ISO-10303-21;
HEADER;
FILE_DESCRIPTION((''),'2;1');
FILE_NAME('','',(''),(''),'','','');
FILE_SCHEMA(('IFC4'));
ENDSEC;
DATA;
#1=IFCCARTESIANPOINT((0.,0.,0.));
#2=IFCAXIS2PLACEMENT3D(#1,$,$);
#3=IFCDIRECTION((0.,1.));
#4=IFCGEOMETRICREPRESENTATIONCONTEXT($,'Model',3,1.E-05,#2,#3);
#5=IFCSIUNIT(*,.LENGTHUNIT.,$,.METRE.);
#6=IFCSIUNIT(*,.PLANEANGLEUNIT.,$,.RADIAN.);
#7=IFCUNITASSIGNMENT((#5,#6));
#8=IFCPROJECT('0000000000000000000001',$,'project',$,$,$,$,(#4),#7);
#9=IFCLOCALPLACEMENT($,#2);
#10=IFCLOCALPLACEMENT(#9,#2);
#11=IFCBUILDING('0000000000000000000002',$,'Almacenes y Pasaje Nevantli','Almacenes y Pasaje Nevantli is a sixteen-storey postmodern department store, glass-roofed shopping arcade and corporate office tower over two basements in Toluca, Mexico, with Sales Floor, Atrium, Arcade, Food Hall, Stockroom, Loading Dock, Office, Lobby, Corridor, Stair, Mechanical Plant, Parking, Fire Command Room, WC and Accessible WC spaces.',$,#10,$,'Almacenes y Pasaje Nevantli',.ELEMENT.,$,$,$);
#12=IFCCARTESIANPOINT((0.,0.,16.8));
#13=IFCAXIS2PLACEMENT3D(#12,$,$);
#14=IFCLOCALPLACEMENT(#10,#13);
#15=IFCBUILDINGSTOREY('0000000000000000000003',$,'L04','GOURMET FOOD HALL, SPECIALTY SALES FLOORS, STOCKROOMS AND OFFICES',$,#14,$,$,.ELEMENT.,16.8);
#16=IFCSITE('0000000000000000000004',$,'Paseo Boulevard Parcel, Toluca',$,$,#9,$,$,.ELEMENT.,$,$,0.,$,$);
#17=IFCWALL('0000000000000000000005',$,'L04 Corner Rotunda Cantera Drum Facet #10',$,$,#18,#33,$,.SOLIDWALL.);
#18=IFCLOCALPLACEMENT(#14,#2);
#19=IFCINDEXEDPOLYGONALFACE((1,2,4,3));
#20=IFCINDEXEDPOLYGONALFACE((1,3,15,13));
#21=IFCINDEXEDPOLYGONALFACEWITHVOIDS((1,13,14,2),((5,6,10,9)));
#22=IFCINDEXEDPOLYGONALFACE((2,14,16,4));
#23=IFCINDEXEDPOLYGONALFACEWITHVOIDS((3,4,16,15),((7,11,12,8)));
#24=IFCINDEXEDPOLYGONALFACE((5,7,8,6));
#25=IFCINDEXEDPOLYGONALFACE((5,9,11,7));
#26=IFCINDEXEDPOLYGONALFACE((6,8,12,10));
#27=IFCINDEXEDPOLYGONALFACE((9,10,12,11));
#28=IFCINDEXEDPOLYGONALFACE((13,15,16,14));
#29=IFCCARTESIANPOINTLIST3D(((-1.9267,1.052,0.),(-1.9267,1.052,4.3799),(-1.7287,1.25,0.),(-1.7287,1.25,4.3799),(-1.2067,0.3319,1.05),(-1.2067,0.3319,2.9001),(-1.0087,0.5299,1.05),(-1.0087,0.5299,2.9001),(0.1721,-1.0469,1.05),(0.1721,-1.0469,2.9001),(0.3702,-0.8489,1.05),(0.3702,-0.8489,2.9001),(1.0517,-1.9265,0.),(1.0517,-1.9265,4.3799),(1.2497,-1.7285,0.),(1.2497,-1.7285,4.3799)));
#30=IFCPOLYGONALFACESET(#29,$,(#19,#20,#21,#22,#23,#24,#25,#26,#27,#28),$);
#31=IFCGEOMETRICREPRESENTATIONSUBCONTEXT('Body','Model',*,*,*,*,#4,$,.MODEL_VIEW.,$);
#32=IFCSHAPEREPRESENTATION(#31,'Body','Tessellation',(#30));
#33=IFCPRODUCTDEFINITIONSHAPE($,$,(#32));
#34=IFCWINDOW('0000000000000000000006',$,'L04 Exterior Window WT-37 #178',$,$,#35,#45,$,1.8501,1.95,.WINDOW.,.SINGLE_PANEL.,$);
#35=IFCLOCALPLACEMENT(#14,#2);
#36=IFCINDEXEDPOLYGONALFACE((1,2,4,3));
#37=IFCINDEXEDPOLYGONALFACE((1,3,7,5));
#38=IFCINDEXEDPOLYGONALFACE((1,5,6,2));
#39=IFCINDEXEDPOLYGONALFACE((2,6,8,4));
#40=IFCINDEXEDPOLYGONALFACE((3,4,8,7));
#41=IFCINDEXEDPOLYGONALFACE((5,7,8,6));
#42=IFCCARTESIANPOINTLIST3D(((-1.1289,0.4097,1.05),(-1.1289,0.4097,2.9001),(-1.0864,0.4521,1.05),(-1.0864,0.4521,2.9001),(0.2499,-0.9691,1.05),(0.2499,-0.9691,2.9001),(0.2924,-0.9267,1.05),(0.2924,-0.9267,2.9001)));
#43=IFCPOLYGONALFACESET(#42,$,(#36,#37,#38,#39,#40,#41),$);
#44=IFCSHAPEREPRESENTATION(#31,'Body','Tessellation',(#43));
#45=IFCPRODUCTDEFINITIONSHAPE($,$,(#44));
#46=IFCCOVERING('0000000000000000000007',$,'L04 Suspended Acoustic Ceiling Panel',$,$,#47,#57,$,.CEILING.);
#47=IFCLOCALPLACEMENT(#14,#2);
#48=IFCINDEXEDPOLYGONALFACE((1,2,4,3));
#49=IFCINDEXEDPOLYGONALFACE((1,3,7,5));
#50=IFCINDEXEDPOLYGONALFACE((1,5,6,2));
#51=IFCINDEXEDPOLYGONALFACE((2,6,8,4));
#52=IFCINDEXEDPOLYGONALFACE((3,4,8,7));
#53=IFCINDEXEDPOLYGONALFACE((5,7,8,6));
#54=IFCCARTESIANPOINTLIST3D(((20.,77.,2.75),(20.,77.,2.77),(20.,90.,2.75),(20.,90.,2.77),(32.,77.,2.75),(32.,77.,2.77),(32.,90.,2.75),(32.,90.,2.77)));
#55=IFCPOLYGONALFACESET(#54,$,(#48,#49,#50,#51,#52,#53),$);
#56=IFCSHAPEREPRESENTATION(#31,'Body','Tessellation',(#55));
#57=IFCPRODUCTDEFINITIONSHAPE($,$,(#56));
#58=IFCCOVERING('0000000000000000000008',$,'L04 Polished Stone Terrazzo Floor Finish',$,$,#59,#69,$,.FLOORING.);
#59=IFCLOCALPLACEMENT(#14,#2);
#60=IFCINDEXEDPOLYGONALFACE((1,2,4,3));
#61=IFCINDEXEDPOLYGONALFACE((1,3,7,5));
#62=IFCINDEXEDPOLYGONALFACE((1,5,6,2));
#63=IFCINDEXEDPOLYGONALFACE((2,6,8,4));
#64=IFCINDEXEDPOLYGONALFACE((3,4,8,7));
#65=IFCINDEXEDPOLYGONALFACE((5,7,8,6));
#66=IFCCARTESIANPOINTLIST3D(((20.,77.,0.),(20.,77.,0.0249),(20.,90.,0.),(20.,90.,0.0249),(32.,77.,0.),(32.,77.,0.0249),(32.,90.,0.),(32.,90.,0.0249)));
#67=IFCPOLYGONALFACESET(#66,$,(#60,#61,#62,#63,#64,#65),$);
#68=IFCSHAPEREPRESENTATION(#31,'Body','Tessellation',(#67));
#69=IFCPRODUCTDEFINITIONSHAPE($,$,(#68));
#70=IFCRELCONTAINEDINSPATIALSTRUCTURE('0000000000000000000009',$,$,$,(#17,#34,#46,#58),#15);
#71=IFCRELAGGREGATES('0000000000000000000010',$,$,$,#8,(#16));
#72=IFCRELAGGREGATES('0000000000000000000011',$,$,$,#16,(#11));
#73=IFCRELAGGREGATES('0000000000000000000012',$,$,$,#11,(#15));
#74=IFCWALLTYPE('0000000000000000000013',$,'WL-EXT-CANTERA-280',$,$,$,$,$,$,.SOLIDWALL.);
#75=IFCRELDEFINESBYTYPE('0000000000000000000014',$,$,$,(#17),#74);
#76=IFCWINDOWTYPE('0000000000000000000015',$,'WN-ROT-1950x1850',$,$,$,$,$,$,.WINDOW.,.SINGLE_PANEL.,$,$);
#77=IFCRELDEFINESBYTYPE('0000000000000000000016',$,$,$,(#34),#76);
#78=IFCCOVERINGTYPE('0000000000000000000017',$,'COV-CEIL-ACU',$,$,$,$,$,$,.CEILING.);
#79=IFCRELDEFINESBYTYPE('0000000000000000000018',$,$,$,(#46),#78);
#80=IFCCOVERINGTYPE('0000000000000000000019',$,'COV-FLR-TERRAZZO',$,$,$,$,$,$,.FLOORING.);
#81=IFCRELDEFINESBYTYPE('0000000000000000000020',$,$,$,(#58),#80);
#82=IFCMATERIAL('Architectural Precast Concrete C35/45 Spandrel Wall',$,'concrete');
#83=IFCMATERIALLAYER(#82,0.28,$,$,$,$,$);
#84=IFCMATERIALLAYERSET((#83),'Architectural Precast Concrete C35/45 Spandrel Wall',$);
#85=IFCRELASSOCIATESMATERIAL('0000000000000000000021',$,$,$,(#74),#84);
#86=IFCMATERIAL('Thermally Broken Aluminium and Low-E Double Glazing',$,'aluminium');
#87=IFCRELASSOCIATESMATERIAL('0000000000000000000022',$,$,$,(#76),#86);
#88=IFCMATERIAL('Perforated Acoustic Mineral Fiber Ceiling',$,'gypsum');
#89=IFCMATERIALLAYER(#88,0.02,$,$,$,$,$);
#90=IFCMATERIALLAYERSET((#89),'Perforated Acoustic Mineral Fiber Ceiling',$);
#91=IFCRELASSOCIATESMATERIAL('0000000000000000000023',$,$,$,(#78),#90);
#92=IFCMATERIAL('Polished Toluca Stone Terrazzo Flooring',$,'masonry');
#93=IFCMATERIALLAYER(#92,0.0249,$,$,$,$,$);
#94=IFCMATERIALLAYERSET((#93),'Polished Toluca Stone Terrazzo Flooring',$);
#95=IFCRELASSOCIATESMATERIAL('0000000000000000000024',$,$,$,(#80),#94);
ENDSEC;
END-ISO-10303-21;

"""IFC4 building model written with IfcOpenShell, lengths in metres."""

from ifc_helpers import new_model, si_unit, direction, frame, frame_2d, origin, place, context, subcontext, project, spatial, polyline, rectangle, outline, extrude, material, layer, layer_set, type_object, element, fill, save


model = new_model("IFC4")

# Units and contexts
model_context = context("Model", 3, precision=1e-05, world=origin(), true_north=direction((0.0, 1.0)))
body_context = subcontext(model_context, "Body", "Model", "MODEL_VIEW")
ifc_project = project(units=[si_unit("LENGTHUNIT", "METRE"), si_unit("PLANEANGLEUNIT", "RADIAN")], contexts=[model_context])

# Site, building, storey
site_placement = place(None, origin())
site = spatial("IfcSite", under=ifc_project, at=site_placement, Name="Paseo Boulevard Parcel, Toluca", CompositionType="ELEMENT", RefElevation=0.0)
building_placement = place(site_placement, origin())
building = spatial("IfcBuilding", under=site, at=building_placement, Name="Almacenes y Pasaje Nevantli", Description="Almacenes y Pasaje Nevantli is a sixteen-storey postmodern department store, glass-roofed shopping arcade and corporate office tower over two basements in Toluca, Mexico, with Sales Floor, Atrium, Arcade, Food Hall, Stockroom, Loading Dock, Office, Lobby, Corridor, Stair, Mechanical Plant, Parking, Fire Command Room, WC and Accessible WC spaces.", LongName="Almacenes y Pasaje Nevantli", CompositionType="ELEMENT")
storey_placement = place(building_placement, frame((0.0, 0.0, 16.8)))
storey = spatial("IfcBuildingStorey", under=building, at=storey_placement, Name="L04", Description="GOURMET FOOD HALL, SPECIALTY SALES FLOORS, STOCKROOMS AND OFFICES", CompositionType="ELEMENT", Elevation=16.8)

# Wall, opening, window
ifc_material_1 = material(Name="Architectural Precast Concrete C35/45 Spandrel Wall", Category="concrete")
ifc_layer_1 = layer(ifc_material_1, 0.28)
ifc_layer_set_1 = layer_set([ifc_layer_1], Name="Architectural Precast Concrete C35/45 Spandrel Wall")
wall_type = type_object("IfcWallType", Name="WL-EXT-CANTERA-280", PredefinedType="SOLIDWALL", material=ifc_layer_set_1)
ifc_material_2 = material(Name="Thermally Broken Aluminium and Low-E Double Glazing", Category="aluminium")
window_type_1 = type_object("IfcWindowType", Name="WN-ROT-1950x1850", PartitioningType="SINGLE_PANEL", PredefinedType="WINDOW", material=ifc_material_2)
wall_1_placement = place(storey_placement, frame((-1.8276, 1.1509, 0.0), z_axis=(0.0, 0.0, 1.0), x_axis=(0.707107, -0.707107, 0.0)))
wall_1 = element("IfcWall", 1, at=wall_1_placement, inside=storey, type_object=wall_type, Name="L04 Corner Rotunda Cantera Drum Facet #10", PredefinedType="SOLIDWALL", context=body_context, shape_type="SweptSolid", body=[
    extrude(rectangle(XDim=4.2122, YDim=0.28, at=frame_2d((2.106, 0.0))), origin(), (0.0, 0.0, 1.0), 4.3799),
])
opening_1_placement = place(wall_1_placement, frame((1.0181, 0.0, 1.05)))
opening_1 = element("IfcOpeningElement", 2, at=opening_1_placement, cuts=wall_1, PredefinedType="OPENING", context=body_context, shape_type="SweptSolid", body=[
    extrude(rectangle(XDim=1.95, YDim=1.8501, at=frame_2d((0.9751, 0.925))), frame((0.0, 0.1499, 0.0), z_axis=(0.0, -1.0, 0.0), x_axis=(1.0, 0.0, 0.0)), (0.0, 0.0, 1.0), 0.3),
])
window_1_placement = place(opening_1_placement, origin())
window_1 = element("IfcWindow", 3, at=window_1_placement, inside=storey, type_object=window_type_1, Name="L04 Exterior Window WT-37 #178", OverallHeight=1.8501, OverallWidth=1.95, PartitioningType="SINGLE_PANEL", PredefinedType="WINDOW", context=body_context, shape_type="SweptSolid", body=[
    extrude(rectangle(XDim=1.95, YDim=1.8501, at=frame_2d((0.9751, 0.925))), frame((0.0, 0.03, 0.0), z_axis=(0.0, -1.0, 0.0), x_axis=(1.0, 0.0, 0.0)), (0.0, 0.0, 1.0), 0.0601),
])
fill(opening_1, window_1)

# Coverings
ifc_material_3 = material(Name="Perforated Acoustic Mineral Fiber Ceiling", Category="gypsum")
ifc_layer_2 = layer(ifc_material_3, 0.02)
ifc_layer_set_2 = layer_set([ifc_layer_2], Name="Perforated Acoustic Mineral Fiber Ceiling")
covering_type_1 = type_object("IfcCoveringType", Name="COV-CEIL-ACU", PredefinedType="CEILING", material=ifc_layer_set_2)
covering_1_placement = place(storey_placement, frame((0.0, 0.0, 2.75)))
element("IfcCovering", 4, at=covering_1_placement, inside=storey, type_object=covering_type_1, Name="L04 Suspended Acoustic Ceiling Panel", PredefinedType="CEILING", context=body_context, shape_type="SweptSolid", body=[
    extrude(outline(polyline([(20.0, 77.0), (32.0, 77.0), (32.0, 90.0), (20.0, 90.0), (20.0, 77.0)])), origin(), (0.0, 0.0, 1.0), 0.02),
])
ifc_material_4 = material(Name="Polished Toluca Stone Terrazzo Flooring", Category="masonry")
ifc_layer_3 = layer(ifc_material_4, 0.0249)
ifc_layer_set_3 = layer_set([ifc_layer_3], Name="Polished Toluca Stone Terrazzo Flooring")
covering_type_2 = type_object("IfcCoveringType", Name="COV-FLR-TERRAZZO", PredefinedType="FLOORING", material=ifc_layer_set_3)
covering_2_placement = place(storey_placement, origin())
element("IfcCovering", 5, at=covering_2_placement, inside=storey, type_object=covering_type_2, Name="L04 Polished Stone Terrazzo Floor Finish", PredefinedType="FLOORING", context=body_context, shape_type="SweptSolid", body=[
    extrude(outline(polyline([(20.0, 77.0), (32.0, 77.0), (32.0, 90.0), (20.0, 90.0), (20.0, 77.0)])), origin(), (0.0, 0.0, 1.0), 0.0249),
])

save(model, "model.ifc")
